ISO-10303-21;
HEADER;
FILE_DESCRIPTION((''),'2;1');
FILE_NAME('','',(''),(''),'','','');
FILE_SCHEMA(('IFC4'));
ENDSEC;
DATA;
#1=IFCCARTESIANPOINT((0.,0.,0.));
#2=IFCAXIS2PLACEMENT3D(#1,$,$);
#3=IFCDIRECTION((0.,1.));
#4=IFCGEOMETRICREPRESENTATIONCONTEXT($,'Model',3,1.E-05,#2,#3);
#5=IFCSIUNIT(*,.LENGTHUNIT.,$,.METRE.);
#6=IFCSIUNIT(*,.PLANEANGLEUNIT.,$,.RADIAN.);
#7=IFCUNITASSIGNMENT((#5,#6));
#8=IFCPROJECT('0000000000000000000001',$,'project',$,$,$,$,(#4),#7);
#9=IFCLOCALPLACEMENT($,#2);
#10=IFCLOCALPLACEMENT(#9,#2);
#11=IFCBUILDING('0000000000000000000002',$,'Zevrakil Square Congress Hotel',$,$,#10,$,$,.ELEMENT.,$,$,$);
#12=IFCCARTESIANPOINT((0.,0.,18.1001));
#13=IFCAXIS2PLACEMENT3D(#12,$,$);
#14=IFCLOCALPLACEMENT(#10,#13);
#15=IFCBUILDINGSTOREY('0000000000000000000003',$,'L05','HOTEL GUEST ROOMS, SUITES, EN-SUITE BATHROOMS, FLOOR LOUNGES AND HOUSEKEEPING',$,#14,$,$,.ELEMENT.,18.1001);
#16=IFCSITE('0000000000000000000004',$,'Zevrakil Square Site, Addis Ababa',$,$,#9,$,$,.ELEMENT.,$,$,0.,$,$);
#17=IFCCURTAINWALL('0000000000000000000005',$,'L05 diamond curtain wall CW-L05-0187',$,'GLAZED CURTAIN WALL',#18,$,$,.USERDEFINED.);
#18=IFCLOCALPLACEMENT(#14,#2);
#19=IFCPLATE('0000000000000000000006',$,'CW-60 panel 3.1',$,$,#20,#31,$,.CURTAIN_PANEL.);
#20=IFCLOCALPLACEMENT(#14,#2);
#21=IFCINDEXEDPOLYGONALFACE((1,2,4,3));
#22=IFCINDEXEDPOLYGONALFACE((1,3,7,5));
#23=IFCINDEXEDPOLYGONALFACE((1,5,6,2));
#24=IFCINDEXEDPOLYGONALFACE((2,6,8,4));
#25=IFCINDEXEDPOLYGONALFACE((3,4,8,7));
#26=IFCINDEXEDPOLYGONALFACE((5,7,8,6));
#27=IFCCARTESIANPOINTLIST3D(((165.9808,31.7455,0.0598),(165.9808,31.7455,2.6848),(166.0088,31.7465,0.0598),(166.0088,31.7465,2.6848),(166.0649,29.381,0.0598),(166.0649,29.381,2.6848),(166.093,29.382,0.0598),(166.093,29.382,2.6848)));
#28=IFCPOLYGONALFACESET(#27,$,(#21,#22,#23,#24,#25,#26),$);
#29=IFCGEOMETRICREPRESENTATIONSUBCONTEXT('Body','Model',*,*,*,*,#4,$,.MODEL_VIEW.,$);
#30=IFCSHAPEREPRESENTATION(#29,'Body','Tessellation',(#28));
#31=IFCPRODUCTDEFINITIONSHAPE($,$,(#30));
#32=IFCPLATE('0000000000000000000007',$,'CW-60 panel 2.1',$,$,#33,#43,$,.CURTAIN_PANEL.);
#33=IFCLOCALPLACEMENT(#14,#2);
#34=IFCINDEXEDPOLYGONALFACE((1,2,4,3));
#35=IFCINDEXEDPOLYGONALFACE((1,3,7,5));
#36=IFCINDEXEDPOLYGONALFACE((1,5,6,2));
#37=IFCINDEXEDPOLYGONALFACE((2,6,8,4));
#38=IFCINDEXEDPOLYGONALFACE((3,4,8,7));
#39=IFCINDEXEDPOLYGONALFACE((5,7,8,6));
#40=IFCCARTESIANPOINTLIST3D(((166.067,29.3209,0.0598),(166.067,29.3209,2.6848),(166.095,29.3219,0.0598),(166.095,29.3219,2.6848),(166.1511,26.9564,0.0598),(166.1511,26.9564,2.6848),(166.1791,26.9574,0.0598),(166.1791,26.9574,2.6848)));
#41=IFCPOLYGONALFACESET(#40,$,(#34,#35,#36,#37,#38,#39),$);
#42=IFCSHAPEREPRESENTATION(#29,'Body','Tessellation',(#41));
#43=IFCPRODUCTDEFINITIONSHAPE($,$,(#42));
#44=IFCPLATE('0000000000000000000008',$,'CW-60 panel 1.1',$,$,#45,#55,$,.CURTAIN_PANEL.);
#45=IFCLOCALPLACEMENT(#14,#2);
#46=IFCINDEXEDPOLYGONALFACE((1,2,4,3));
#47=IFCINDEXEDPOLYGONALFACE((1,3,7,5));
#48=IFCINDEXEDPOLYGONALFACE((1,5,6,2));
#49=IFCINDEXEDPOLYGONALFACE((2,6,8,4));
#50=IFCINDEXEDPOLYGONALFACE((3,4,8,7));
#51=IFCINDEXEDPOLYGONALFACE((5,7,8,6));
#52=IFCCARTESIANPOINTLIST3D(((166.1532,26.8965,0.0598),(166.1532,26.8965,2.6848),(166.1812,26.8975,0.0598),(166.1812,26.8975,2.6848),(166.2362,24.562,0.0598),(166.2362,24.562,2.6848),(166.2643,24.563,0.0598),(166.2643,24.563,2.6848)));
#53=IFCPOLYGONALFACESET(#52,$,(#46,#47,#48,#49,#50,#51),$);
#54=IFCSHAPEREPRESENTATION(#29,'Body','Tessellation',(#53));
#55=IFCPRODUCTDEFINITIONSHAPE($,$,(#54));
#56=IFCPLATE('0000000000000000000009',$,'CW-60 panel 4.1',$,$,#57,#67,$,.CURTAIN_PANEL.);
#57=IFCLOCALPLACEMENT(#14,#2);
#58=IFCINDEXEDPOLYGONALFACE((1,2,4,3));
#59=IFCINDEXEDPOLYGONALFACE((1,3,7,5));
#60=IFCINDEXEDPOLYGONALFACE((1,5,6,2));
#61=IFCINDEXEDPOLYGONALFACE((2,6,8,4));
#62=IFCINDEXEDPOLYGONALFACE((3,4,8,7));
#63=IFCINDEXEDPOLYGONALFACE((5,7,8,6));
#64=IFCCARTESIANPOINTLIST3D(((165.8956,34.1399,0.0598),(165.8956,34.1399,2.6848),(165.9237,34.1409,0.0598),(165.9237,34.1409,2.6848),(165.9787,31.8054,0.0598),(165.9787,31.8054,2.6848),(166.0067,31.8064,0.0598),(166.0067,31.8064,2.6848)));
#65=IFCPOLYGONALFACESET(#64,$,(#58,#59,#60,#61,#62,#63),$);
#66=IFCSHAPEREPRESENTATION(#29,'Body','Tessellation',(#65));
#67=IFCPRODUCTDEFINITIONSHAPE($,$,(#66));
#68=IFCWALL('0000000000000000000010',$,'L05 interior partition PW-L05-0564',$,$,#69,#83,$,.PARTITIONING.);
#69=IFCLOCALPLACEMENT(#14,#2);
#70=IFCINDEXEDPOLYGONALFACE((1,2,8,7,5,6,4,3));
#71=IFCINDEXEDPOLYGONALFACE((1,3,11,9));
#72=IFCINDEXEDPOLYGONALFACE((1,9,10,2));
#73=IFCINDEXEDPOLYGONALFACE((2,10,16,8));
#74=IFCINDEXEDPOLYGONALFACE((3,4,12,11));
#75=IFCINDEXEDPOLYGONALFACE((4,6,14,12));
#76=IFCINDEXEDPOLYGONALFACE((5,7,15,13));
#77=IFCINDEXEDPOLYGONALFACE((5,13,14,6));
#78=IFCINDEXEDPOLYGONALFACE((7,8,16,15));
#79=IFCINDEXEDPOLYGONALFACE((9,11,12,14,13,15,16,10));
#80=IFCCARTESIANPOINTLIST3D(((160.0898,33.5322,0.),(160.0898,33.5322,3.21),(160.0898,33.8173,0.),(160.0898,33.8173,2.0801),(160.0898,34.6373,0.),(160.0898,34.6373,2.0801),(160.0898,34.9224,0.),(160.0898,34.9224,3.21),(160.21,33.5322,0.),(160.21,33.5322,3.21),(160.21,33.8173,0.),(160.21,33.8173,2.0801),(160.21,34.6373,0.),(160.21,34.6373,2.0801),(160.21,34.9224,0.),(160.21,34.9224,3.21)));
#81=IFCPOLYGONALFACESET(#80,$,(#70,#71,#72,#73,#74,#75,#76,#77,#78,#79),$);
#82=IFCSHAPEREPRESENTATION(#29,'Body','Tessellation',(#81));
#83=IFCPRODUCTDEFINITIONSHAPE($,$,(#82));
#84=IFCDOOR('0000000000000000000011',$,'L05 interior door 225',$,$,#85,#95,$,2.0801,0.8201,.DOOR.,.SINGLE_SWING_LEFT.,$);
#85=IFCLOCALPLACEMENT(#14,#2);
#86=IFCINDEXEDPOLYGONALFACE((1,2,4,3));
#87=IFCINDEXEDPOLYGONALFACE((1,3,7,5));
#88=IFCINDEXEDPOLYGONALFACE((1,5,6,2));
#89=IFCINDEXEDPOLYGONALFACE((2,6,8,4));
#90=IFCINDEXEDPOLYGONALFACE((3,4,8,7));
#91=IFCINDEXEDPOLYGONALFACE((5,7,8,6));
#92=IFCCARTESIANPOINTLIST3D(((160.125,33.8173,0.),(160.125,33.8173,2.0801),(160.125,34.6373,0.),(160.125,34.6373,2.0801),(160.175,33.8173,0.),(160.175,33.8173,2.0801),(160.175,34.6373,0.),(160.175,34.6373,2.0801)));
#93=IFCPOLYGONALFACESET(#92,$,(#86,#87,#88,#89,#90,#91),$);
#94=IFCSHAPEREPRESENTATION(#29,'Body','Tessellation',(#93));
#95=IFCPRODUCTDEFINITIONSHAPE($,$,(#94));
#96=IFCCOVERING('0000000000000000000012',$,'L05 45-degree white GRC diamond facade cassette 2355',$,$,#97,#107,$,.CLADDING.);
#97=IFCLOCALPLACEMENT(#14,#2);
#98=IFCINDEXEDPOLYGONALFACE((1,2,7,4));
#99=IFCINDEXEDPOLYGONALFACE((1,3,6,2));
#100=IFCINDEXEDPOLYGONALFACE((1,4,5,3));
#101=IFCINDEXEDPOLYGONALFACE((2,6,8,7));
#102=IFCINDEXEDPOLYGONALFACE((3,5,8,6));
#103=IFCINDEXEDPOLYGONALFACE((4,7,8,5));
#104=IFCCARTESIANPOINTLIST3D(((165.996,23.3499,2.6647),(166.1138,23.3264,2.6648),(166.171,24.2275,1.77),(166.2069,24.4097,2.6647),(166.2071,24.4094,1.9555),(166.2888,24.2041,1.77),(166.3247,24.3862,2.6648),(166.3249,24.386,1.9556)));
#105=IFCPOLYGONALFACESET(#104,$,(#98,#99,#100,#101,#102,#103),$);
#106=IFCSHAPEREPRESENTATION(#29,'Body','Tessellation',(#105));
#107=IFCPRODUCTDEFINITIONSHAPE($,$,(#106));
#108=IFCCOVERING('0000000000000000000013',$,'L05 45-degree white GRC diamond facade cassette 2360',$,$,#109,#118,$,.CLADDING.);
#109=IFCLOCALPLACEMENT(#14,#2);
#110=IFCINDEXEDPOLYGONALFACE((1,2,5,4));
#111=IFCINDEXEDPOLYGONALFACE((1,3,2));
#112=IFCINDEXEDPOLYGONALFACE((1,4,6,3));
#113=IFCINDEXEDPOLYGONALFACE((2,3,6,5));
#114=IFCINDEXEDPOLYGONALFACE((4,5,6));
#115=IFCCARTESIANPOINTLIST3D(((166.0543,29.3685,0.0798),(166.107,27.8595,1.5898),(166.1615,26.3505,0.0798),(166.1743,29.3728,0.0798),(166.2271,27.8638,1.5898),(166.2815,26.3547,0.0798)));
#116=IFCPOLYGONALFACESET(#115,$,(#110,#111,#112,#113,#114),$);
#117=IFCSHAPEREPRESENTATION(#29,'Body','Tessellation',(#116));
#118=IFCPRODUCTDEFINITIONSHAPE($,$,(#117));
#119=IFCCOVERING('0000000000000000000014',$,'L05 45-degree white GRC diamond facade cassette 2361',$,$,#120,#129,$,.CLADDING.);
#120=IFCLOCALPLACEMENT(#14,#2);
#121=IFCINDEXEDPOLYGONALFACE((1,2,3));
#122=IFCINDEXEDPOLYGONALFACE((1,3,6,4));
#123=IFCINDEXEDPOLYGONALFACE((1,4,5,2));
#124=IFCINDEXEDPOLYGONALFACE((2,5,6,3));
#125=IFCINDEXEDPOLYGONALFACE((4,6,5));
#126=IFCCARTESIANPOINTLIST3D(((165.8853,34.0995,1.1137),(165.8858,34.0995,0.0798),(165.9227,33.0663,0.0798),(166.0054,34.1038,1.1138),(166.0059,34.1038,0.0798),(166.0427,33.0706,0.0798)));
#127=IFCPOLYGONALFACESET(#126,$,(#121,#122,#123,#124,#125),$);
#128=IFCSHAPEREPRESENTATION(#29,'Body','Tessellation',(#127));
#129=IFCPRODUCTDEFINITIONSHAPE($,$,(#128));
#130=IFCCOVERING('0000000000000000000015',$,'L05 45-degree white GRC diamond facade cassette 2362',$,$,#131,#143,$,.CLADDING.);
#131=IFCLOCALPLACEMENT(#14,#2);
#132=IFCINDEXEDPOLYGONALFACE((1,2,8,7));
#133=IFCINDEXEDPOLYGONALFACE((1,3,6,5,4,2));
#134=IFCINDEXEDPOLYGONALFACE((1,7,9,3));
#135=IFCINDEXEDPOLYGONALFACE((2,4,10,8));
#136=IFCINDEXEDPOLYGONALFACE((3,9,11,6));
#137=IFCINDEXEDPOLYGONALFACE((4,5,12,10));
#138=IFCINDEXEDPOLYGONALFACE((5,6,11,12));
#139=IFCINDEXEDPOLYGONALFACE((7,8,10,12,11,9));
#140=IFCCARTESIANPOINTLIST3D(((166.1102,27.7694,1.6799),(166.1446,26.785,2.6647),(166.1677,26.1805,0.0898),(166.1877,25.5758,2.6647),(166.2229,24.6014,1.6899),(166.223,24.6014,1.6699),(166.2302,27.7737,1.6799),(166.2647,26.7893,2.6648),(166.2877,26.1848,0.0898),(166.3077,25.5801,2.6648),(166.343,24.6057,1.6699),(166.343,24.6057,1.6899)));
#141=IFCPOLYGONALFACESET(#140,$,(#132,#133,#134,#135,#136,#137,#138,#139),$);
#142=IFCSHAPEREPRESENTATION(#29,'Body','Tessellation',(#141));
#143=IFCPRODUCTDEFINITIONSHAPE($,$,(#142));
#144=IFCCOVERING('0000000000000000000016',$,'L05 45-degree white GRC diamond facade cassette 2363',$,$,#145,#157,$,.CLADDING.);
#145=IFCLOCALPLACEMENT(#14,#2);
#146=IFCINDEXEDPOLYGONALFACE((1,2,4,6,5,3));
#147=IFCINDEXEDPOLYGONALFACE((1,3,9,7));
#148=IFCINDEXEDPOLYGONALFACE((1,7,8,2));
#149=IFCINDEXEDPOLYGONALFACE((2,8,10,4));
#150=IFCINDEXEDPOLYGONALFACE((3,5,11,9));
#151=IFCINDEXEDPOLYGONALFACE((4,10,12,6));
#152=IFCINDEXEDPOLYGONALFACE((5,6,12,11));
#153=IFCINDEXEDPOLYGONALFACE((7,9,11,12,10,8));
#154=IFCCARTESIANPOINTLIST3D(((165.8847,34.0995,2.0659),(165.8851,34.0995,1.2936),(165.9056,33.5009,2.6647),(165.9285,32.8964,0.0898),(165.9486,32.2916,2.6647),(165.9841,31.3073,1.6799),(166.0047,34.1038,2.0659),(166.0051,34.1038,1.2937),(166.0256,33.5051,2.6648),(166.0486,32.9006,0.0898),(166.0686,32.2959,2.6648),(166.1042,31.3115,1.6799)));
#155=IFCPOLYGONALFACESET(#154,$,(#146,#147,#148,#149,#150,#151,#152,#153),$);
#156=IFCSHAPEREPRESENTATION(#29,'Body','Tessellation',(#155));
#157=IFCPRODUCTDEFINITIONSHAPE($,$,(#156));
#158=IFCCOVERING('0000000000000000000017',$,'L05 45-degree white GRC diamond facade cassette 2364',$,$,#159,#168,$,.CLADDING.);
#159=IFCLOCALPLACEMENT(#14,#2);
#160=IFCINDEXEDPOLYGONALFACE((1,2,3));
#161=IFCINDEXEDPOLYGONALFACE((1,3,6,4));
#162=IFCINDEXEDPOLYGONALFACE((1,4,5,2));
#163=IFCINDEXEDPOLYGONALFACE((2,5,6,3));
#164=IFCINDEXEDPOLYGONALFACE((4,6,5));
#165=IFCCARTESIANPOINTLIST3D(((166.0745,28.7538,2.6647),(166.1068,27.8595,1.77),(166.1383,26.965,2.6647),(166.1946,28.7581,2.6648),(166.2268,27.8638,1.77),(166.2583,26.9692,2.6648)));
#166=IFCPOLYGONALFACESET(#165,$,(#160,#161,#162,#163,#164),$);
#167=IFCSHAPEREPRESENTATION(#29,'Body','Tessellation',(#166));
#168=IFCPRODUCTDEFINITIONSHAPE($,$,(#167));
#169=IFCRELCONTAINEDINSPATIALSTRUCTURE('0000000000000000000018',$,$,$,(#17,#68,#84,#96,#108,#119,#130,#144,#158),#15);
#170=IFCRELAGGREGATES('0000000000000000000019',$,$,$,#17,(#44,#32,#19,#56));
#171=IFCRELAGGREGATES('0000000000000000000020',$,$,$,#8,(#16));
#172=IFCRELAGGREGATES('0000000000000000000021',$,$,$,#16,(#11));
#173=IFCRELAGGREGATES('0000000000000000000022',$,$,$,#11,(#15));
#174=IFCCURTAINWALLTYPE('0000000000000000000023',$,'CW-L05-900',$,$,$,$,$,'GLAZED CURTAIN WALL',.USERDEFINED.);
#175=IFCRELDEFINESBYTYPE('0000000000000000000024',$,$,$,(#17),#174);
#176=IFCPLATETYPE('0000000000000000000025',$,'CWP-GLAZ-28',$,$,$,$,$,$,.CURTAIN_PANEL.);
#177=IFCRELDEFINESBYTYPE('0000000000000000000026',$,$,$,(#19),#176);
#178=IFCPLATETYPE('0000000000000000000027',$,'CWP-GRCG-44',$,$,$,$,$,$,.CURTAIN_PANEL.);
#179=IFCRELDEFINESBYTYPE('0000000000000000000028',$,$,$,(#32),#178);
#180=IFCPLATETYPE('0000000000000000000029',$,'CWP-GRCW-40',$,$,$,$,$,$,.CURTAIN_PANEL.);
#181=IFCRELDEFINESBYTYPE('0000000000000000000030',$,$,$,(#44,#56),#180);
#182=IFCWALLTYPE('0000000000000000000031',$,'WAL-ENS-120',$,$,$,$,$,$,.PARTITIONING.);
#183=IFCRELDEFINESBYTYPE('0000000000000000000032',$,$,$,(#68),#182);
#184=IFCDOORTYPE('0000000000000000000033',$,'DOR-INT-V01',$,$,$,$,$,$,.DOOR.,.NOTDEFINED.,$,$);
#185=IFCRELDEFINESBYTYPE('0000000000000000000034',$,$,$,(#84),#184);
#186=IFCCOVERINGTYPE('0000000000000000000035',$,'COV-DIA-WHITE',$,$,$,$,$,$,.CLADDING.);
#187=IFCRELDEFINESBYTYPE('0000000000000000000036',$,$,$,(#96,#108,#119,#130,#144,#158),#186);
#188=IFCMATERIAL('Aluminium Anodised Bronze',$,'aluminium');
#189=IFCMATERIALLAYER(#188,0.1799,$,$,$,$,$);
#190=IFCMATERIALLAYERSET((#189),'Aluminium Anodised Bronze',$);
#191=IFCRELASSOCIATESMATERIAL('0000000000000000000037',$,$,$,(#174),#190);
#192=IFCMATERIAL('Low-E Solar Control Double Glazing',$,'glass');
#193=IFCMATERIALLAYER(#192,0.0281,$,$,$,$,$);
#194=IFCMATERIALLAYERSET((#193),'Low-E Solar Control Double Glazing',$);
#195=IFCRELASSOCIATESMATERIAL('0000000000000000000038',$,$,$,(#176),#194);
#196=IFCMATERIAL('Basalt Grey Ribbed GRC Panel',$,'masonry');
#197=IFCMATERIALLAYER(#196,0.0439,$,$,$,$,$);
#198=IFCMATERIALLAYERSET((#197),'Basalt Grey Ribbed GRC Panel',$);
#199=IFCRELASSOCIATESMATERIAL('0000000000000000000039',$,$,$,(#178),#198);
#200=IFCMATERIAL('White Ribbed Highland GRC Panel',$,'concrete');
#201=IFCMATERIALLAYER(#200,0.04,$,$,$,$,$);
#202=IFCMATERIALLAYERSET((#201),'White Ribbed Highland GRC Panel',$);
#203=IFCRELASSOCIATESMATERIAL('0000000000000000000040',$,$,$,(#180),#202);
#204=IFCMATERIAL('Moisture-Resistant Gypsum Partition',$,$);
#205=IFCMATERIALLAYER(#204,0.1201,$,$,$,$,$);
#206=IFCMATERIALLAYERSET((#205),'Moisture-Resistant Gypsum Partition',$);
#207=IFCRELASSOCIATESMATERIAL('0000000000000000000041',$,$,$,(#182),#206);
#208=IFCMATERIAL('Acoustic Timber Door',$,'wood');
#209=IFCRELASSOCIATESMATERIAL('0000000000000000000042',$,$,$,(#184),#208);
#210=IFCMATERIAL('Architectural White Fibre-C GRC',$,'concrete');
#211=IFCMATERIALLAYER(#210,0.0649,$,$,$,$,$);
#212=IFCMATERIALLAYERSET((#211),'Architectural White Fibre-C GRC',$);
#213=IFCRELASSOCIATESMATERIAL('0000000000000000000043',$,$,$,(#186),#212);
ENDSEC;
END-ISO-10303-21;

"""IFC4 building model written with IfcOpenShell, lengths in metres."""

from ifc_helpers import new_model, si_unit, direction, frame, frame_2d, origin, origin_2d, place, context, subcontext, project, spatial, polyline, rectangle, outline, extrude, material, layer, layer_set, type_object, element, fill, aggregate, save


model = new_model("IFC4")

# Units and contexts
model_context = context("Model", 3, precision=1e-05, world=origin(), true_north=direction((0.0, 1.0)))
body_context = subcontext(model_context, "Body", "Model", "MODEL_VIEW")
ifc_project = project(units=[si_unit("LENGTHUNIT", "METRE"), si_unit("PLANEANGLEUNIT", "RADIAN")], contexts=[model_context])

# Site, building, storey
site_placement = place(None, origin())
site = spatial("IfcSite", under=ifc_project, at=site_placement, Name="Zevrakil Square Site, Addis Ababa", CompositionType="ELEMENT", RefElevation=0.0)
building_placement = place(site_placement, origin())
building = spatial("IfcBuilding", under=site, at=building_placement, Name="Zevrakil Square Congress Hotel", CompositionType="ELEMENT")
storey_placement = place(building_placement, frame((0.0, 0.0, 18.1001)))
storey = spatial("IfcBuildingStorey", under=building, at=storey_placement, Name="L05", Description="HOTEL GUEST ROOMS, SUITES, EN-SUITE BATHROOMS, FLOOR LOUNGES AND HOUSEKEEPING", CompositionType="ELEMENT", Elevation=18.1001)

# Curtain wall
ifc_material_1 = material(Name="Aluminium Anodised Bronze", Category="aluminium")
ifc_layer_1 = layer(ifc_material_1, 0.1799)
ifc_layer_set_1 = layer_set([ifc_layer_1], Name="Aluminium Anodised Bronze")
curtain_wall_type_1 = type_object("IfcCurtainWallType", Name="CW-L05-900", ElementType="GLAZED CURTAIN WALL", PredefinedType="USERDEFINED", material=ifc_layer_set_1)
curtain_wall_1_placement = place(storey_placement, origin())
curtain_wall_1 = element("IfcCurtainWall", 1, at=curtain_wall_1_placement, inside=storey, type_object=curtain_wall_type_1, Name="L05 diamond curtain wall CW-L05-0187", ObjectType="GLAZED CURTAIN WALL", PredefinedType="USERDEFINED")

# Plates
ifc_material_2 = material(Name="Low-E Solar Control Double Glazing", Category="glass")
ifc_layer_2 = layer(ifc_material_2, 0.0281)
ifc_layer_set_2 = layer_set([ifc_layer_2], Name="Low-E Solar Control Double Glazing")
plate_type_1 = type_object("IfcPlateType", Name="CWP-GLAZ-28", PredefinedType="CURTAIN_PANEL", material=ifc_layer_set_2)
plate_1_placement = place(storey_placement, frame((166.0369, 30.5637, 0.0598), z_axis=(0.0, 0.0, 1.0), x_axis=(-0.035553, 0.999368, 0.0)))
plate_1 = element("IfcPlate", 2, at=plate_1_placement, type_object=plate_type_1, Name="CW-60 panel 3.1", PredefinedType="CURTAIN_PANEL", context=body_context, shape_type="SweptSolid", body=[
    extrude(rectangle(XDim=2.366, YDim=0.0281, at=origin_2d()), origin(), (0.0, 0.0, 1.0), 2.625),
])
ifc_material_3 = material(Name="Basalt Grey Ribbed GRC Panel", Category="masonry")
ifc_layer_3 = layer(ifc_material_3, 0.0439)
ifc_layer_set_3 = layer_set([ifc_layer_3], Name="Basalt Grey Ribbed GRC Panel")
plate_type_2 = type_object("IfcPlateType", Name="CWP-GRCG-44", PredefinedType="CURTAIN_PANEL", material=ifc_layer_set_3)
plate_2_placement = place(storey_placement, frame((166.123, 28.1392, 0.0598), z_axis=(0.0, 0.0, 1.0), x_axis=(-0.035553, 0.999368, 0.0)))
plate_2 = element("IfcPlate", 3, at=plate_2_placement, type_object=plate_type_2, Name="CW-60 panel 2.1", PredefinedType="CURTAIN_PANEL", context=body_context, shape_type="SweptSolid", body=[
    extrude(rectangle(XDim=2.366, YDim=0.0281, at=origin_2d()), origin(), (0.0, 0.0, 1.0), 2.625),
])
ifc_material_4 = material(Name="White Ribbed Highland GRC Panel", Category="concrete")
ifc_layer_4 = layer(ifc_material_4, 0.04)
ifc_layer_set_4 = layer_set([ifc_layer_4], Name="White Ribbed Highland GRC Panel")
plate_type_3 = type_object("IfcPlateType", Name="CWP-GRCW-40", PredefinedType="CURTAIN_PANEL", material=ifc_layer_set_4)
plate_3_placement = place(storey_placement, frame((166.2087, 25.7297, 0.0598), z_axis=(0.0, 0.0, 1.0), x_axis=(-0.035553, 0.999368, 0.0)))
plate_3 = element("IfcPlate", 4, at=plate_3_placement, type_object=plate_type_3, Name="CW-60 panel 1.1", PredefinedType="CURTAIN_PANEL", context=body_context, shape_type="SweptSolid", body=[
    extrude(rectangle(XDim=2.3359, YDim=0.0281, at=origin_2d()), origin(), (0.0, 0.0, 1.0), 2.625),
])
plate_4_placement = place(storey_placement, frame((165.9512, 32.9731, 0.0598), z_axis=(0.0, 0.0, 1.0), x_axis=(-0.035553, 0.999368, 0.0)))
plate_4 = element("IfcPlate", 5, at=plate_4_placement, type_object=plate_type_3, Name="CW-60 panel 4.1", PredefinedType="CURTAIN_PANEL", context=body_context, shape_type="SweptSolid", body=[
    extrude(rectangle(XDim=2.3359, YDim=0.0281, at=origin_2d()), origin(), (0.0, 0.0, 1.0), 2.625),
])
aggregate(curtain_wall_1, [plate_3, plate_2, plate_1, plate_4])

# Wall, opening, door
ifc_material_5 = material(Name="Moisture-Resistant Gypsum Partition")
ifc_layer_5 = layer(ifc_material_5, 0.1201)
ifc_layer_set_5 = layer_set([ifc_layer_5], Name="Moisture-Resistant Gypsum Partition")
wall_type = type_object("IfcWallType", Name="WAL-ENS-120", PredefinedType="PARTITIONING", material=ifc_layer_set_5)
wall_placement = place(storey_placement, frame((160.1499, 33.5322, 0.0), z_axis=(0.0, 0.0, 1.0), x_axis=(0.0, 1.0, 0.0)))
wall = element("IfcWall", 6, at=wall_placement, inside=storey, type_object=wall_type, Name="L05 interior partition PW-L05-0564", PredefinedType="PARTITIONING", context=body_context, shape_type="SweptSolid", body=[
    extrude(rectangle(XDim=1.3901, YDim=0.1201, at=frame_2d((0.6951, 0.0))), origin(), (0.0, 0.0, 1.0), 3.21),
])
opening_placement = place(wall_placement, frame((0.2849, 0.0, 0.0)))
opening = element("IfcOpeningElement", 7, at=opening_placement, cuts=wall, PredefinedType="OPENING", context=body_context, shape_type="SweptSolid", body=[
    extrude(rectangle(XDim=0.8201, YDim=2.0801, at=frame_2d((0.4102, 1.04))), frame((0.0, 0.0701, 0.0), z_axis=(0.0, -1.0, 0.0), x_axis=(1.0, 0.0, 0.0)), (0.0, 0.0, 1.0), 0.1401),
])
ifc_material_6 = material(Name="Acoustic Timber Door", Category="wood")
door_type = type_object("IfcDoorType", Name="DOR-INT-V01", OperationType="NOTDEFINED", PredefinedType="DOOR", material=ifc_material_6)
door_placement = place(opening_placement, origin())
door = element("IfcDoor", 8, at=door_placement, inside=storey, type_object=door_type, Name="L05 interior door 225", OperationType="SINGLE_SWING_LEFT", OverallHeight=2.0801, OverallWidth=0.8201, PredefinedType="DOOR", context=body_context, shape_type="SweptSolid", body=[
    extrude(rectangle(XDim=0.8201, YDim=2.0801, at=frame_2d((0.4102, 1.04))), frame((0.0, 0.0249, 0.0), z_axis=(0.0, -1.0, 0.0), x_axis=(1.0, 0.0, 0.0)), (0.0, 0.0, 1.0), 0.05),
])
fill(opening, door)

# Coverings
ifc_material_7 = material(Name="Architectural White Fibre-C GRC", Category="concrete")
ifc_layer_6 = layer(ifc_material_7, 0.0649)
ifc_layer_set_6 = layer_set([ifc_layer_6], Name="Architectural White Fibre-C GRC")
covering_type_1 = type_object("IfcCoveringType", Name="COV-DIA-WHITE", PredefinedType="CLADDING", material=ifc_layer_set_6)
covering_1_placement = place(storey_placement, frame((166.2888, 24.2041, 1.77), z_axis=(0.980762, -0.195209, 0.000397), x_axis=(-0.138324, -0.693524, 0.707029)))
element("IfcCovering", 9, at=covering_1_placement, inside=storey, type_object=covering_type_1, Name="L05 45-degree white GRC diamond facade cassette 2355", PredefinedType="CLADDING", context=body_context, shape_type="SweptSolid", body=[
    extrude(outline(polyline([(0.0, 0.0), (1.2655, 0.0), (0.5014, -0.764), (0.0, -0.2623), (0.0, 0.0)])), origin(), (0.0, 0.0, -1.0), 0.1201),
])
covering_2_placement = place(storey_placement, frame((166.2271, 27.8638, 1.5898), z_axis=(0.99937, 0.03549, 0.000566), x_axis=(-0.024695, 0.706662, -0.70712)))
element("IfcCovering", 10, at=covering_2_placement, inside=storey, type_object=covering_type_1, Name="L05 45-degree white GRC diamond facade cassette 2360", PredefinedType="CLADDING", context=body_context, shape_type="SweptSolid", body=[
    extrude(outline(polyline([(0.0, 0.0), (2.1354, 0.0), (0.0, -2.1355), (0.0, 0.0)])), origin(), (0.0, 0.0, -1.0), 0.1201),
])
covering_3_placement = place(storey_placement, frame((166.0054, 34.1038, 1.1138), z_axis=(0.999364, 0.035658, 0.000472), x_axis=(0.000472, 0.0, -1.0)))
element("IfcCovering", 11, at=covering_3_placement, inside=storey, type_object=covering_type_1, Name="L05 45-degree white GRC diamond facade cassette 2361", PredefinedType="CLADDING", context=body_context, shape_type="SweptSolid", body=[
    extrude(outline(polyline([(0.0, 0.0), (1.0339, 0.0), (1.034, -1.0339), (0.0, 0.0)])), origin(), (0.0, 0.0, -1.0), 0.1201),
])
covering_4_placement = place(storey_placement, frame((166.2302, 27.7737, 1.6799), z_axis=(0.999367, 0.035573, 0.000582), x_axis=(0.025564, -0.706603, -0.707148)))
element("IfcCovering", 12, at=covering_4_placement, inside=storey, type_object=covering_type_1, Name="L05 45-degree white GRC diamond facade cassette 2362", PredefinedType="CLADDING", context=body_context, shape_type="SweptSolid", body=[
    extrude(outline(polyline([(0.0, 0.0), (2.2486, 0.0), (2.2485, -2.2346), (2.2343, -2.2487), (0.8555, -2.2485), (0.0, -1.3929), (0.0, 0.0)])), origin(), (0.0, 0.0, -1.0), 0.1201),
])
covering_5_placement = place(storey_placement, frame((166.0486, 32.9006, 0.0898), z_axis=(0.999369, 0.035518, 0.000563), x_axis=(0.024717, -0.706674, 0.707107)))
element("IfcCovering", 13, at=covering_5_placement, inside=storey, type_object=covering_type_1, Name="L05 45-degree white GRC diamond facade cassette 2363", PredefinedType="CLADDING", context=body_context, shape_type="SweptSolid", body=[
    extrude(outline(polyline([(0.0, 0.0), (2.2487, 0.0), (2.2486, -1.3929), (1.393, -2.2485), (0.546, -2.2486), (0.0, -1.7025), (0.0, 0.0)])), origin(), (0.0, 0.0, -1.0), 0.1201),
])
covering_6_placement = place(storey_placement, frame((166.2268, 27.8638, 1.77), z_axis=(0.999366, 0.035599, 0.000414), x_axis=(0.024884, -0.706791, 0.706984)))
element("IfcCovering", 14, at=covering_6_placement, inside=storey, type_object=covering_type_1, Name="L05 45-degree white GRC diamond facade cassette 2364", PredefinedType="CLADDING", context=body_context, shape_type="SweptSolid", body=[
    extrude(outline(polyline([(0.0, 0.0), (1.2656, 0.0), (-0.0003, -1.2655), (0.0, 0.0)])), origin(), (0.0, 0.0, -1.0), 0.1201),
])

save(model, "model.ifc")
